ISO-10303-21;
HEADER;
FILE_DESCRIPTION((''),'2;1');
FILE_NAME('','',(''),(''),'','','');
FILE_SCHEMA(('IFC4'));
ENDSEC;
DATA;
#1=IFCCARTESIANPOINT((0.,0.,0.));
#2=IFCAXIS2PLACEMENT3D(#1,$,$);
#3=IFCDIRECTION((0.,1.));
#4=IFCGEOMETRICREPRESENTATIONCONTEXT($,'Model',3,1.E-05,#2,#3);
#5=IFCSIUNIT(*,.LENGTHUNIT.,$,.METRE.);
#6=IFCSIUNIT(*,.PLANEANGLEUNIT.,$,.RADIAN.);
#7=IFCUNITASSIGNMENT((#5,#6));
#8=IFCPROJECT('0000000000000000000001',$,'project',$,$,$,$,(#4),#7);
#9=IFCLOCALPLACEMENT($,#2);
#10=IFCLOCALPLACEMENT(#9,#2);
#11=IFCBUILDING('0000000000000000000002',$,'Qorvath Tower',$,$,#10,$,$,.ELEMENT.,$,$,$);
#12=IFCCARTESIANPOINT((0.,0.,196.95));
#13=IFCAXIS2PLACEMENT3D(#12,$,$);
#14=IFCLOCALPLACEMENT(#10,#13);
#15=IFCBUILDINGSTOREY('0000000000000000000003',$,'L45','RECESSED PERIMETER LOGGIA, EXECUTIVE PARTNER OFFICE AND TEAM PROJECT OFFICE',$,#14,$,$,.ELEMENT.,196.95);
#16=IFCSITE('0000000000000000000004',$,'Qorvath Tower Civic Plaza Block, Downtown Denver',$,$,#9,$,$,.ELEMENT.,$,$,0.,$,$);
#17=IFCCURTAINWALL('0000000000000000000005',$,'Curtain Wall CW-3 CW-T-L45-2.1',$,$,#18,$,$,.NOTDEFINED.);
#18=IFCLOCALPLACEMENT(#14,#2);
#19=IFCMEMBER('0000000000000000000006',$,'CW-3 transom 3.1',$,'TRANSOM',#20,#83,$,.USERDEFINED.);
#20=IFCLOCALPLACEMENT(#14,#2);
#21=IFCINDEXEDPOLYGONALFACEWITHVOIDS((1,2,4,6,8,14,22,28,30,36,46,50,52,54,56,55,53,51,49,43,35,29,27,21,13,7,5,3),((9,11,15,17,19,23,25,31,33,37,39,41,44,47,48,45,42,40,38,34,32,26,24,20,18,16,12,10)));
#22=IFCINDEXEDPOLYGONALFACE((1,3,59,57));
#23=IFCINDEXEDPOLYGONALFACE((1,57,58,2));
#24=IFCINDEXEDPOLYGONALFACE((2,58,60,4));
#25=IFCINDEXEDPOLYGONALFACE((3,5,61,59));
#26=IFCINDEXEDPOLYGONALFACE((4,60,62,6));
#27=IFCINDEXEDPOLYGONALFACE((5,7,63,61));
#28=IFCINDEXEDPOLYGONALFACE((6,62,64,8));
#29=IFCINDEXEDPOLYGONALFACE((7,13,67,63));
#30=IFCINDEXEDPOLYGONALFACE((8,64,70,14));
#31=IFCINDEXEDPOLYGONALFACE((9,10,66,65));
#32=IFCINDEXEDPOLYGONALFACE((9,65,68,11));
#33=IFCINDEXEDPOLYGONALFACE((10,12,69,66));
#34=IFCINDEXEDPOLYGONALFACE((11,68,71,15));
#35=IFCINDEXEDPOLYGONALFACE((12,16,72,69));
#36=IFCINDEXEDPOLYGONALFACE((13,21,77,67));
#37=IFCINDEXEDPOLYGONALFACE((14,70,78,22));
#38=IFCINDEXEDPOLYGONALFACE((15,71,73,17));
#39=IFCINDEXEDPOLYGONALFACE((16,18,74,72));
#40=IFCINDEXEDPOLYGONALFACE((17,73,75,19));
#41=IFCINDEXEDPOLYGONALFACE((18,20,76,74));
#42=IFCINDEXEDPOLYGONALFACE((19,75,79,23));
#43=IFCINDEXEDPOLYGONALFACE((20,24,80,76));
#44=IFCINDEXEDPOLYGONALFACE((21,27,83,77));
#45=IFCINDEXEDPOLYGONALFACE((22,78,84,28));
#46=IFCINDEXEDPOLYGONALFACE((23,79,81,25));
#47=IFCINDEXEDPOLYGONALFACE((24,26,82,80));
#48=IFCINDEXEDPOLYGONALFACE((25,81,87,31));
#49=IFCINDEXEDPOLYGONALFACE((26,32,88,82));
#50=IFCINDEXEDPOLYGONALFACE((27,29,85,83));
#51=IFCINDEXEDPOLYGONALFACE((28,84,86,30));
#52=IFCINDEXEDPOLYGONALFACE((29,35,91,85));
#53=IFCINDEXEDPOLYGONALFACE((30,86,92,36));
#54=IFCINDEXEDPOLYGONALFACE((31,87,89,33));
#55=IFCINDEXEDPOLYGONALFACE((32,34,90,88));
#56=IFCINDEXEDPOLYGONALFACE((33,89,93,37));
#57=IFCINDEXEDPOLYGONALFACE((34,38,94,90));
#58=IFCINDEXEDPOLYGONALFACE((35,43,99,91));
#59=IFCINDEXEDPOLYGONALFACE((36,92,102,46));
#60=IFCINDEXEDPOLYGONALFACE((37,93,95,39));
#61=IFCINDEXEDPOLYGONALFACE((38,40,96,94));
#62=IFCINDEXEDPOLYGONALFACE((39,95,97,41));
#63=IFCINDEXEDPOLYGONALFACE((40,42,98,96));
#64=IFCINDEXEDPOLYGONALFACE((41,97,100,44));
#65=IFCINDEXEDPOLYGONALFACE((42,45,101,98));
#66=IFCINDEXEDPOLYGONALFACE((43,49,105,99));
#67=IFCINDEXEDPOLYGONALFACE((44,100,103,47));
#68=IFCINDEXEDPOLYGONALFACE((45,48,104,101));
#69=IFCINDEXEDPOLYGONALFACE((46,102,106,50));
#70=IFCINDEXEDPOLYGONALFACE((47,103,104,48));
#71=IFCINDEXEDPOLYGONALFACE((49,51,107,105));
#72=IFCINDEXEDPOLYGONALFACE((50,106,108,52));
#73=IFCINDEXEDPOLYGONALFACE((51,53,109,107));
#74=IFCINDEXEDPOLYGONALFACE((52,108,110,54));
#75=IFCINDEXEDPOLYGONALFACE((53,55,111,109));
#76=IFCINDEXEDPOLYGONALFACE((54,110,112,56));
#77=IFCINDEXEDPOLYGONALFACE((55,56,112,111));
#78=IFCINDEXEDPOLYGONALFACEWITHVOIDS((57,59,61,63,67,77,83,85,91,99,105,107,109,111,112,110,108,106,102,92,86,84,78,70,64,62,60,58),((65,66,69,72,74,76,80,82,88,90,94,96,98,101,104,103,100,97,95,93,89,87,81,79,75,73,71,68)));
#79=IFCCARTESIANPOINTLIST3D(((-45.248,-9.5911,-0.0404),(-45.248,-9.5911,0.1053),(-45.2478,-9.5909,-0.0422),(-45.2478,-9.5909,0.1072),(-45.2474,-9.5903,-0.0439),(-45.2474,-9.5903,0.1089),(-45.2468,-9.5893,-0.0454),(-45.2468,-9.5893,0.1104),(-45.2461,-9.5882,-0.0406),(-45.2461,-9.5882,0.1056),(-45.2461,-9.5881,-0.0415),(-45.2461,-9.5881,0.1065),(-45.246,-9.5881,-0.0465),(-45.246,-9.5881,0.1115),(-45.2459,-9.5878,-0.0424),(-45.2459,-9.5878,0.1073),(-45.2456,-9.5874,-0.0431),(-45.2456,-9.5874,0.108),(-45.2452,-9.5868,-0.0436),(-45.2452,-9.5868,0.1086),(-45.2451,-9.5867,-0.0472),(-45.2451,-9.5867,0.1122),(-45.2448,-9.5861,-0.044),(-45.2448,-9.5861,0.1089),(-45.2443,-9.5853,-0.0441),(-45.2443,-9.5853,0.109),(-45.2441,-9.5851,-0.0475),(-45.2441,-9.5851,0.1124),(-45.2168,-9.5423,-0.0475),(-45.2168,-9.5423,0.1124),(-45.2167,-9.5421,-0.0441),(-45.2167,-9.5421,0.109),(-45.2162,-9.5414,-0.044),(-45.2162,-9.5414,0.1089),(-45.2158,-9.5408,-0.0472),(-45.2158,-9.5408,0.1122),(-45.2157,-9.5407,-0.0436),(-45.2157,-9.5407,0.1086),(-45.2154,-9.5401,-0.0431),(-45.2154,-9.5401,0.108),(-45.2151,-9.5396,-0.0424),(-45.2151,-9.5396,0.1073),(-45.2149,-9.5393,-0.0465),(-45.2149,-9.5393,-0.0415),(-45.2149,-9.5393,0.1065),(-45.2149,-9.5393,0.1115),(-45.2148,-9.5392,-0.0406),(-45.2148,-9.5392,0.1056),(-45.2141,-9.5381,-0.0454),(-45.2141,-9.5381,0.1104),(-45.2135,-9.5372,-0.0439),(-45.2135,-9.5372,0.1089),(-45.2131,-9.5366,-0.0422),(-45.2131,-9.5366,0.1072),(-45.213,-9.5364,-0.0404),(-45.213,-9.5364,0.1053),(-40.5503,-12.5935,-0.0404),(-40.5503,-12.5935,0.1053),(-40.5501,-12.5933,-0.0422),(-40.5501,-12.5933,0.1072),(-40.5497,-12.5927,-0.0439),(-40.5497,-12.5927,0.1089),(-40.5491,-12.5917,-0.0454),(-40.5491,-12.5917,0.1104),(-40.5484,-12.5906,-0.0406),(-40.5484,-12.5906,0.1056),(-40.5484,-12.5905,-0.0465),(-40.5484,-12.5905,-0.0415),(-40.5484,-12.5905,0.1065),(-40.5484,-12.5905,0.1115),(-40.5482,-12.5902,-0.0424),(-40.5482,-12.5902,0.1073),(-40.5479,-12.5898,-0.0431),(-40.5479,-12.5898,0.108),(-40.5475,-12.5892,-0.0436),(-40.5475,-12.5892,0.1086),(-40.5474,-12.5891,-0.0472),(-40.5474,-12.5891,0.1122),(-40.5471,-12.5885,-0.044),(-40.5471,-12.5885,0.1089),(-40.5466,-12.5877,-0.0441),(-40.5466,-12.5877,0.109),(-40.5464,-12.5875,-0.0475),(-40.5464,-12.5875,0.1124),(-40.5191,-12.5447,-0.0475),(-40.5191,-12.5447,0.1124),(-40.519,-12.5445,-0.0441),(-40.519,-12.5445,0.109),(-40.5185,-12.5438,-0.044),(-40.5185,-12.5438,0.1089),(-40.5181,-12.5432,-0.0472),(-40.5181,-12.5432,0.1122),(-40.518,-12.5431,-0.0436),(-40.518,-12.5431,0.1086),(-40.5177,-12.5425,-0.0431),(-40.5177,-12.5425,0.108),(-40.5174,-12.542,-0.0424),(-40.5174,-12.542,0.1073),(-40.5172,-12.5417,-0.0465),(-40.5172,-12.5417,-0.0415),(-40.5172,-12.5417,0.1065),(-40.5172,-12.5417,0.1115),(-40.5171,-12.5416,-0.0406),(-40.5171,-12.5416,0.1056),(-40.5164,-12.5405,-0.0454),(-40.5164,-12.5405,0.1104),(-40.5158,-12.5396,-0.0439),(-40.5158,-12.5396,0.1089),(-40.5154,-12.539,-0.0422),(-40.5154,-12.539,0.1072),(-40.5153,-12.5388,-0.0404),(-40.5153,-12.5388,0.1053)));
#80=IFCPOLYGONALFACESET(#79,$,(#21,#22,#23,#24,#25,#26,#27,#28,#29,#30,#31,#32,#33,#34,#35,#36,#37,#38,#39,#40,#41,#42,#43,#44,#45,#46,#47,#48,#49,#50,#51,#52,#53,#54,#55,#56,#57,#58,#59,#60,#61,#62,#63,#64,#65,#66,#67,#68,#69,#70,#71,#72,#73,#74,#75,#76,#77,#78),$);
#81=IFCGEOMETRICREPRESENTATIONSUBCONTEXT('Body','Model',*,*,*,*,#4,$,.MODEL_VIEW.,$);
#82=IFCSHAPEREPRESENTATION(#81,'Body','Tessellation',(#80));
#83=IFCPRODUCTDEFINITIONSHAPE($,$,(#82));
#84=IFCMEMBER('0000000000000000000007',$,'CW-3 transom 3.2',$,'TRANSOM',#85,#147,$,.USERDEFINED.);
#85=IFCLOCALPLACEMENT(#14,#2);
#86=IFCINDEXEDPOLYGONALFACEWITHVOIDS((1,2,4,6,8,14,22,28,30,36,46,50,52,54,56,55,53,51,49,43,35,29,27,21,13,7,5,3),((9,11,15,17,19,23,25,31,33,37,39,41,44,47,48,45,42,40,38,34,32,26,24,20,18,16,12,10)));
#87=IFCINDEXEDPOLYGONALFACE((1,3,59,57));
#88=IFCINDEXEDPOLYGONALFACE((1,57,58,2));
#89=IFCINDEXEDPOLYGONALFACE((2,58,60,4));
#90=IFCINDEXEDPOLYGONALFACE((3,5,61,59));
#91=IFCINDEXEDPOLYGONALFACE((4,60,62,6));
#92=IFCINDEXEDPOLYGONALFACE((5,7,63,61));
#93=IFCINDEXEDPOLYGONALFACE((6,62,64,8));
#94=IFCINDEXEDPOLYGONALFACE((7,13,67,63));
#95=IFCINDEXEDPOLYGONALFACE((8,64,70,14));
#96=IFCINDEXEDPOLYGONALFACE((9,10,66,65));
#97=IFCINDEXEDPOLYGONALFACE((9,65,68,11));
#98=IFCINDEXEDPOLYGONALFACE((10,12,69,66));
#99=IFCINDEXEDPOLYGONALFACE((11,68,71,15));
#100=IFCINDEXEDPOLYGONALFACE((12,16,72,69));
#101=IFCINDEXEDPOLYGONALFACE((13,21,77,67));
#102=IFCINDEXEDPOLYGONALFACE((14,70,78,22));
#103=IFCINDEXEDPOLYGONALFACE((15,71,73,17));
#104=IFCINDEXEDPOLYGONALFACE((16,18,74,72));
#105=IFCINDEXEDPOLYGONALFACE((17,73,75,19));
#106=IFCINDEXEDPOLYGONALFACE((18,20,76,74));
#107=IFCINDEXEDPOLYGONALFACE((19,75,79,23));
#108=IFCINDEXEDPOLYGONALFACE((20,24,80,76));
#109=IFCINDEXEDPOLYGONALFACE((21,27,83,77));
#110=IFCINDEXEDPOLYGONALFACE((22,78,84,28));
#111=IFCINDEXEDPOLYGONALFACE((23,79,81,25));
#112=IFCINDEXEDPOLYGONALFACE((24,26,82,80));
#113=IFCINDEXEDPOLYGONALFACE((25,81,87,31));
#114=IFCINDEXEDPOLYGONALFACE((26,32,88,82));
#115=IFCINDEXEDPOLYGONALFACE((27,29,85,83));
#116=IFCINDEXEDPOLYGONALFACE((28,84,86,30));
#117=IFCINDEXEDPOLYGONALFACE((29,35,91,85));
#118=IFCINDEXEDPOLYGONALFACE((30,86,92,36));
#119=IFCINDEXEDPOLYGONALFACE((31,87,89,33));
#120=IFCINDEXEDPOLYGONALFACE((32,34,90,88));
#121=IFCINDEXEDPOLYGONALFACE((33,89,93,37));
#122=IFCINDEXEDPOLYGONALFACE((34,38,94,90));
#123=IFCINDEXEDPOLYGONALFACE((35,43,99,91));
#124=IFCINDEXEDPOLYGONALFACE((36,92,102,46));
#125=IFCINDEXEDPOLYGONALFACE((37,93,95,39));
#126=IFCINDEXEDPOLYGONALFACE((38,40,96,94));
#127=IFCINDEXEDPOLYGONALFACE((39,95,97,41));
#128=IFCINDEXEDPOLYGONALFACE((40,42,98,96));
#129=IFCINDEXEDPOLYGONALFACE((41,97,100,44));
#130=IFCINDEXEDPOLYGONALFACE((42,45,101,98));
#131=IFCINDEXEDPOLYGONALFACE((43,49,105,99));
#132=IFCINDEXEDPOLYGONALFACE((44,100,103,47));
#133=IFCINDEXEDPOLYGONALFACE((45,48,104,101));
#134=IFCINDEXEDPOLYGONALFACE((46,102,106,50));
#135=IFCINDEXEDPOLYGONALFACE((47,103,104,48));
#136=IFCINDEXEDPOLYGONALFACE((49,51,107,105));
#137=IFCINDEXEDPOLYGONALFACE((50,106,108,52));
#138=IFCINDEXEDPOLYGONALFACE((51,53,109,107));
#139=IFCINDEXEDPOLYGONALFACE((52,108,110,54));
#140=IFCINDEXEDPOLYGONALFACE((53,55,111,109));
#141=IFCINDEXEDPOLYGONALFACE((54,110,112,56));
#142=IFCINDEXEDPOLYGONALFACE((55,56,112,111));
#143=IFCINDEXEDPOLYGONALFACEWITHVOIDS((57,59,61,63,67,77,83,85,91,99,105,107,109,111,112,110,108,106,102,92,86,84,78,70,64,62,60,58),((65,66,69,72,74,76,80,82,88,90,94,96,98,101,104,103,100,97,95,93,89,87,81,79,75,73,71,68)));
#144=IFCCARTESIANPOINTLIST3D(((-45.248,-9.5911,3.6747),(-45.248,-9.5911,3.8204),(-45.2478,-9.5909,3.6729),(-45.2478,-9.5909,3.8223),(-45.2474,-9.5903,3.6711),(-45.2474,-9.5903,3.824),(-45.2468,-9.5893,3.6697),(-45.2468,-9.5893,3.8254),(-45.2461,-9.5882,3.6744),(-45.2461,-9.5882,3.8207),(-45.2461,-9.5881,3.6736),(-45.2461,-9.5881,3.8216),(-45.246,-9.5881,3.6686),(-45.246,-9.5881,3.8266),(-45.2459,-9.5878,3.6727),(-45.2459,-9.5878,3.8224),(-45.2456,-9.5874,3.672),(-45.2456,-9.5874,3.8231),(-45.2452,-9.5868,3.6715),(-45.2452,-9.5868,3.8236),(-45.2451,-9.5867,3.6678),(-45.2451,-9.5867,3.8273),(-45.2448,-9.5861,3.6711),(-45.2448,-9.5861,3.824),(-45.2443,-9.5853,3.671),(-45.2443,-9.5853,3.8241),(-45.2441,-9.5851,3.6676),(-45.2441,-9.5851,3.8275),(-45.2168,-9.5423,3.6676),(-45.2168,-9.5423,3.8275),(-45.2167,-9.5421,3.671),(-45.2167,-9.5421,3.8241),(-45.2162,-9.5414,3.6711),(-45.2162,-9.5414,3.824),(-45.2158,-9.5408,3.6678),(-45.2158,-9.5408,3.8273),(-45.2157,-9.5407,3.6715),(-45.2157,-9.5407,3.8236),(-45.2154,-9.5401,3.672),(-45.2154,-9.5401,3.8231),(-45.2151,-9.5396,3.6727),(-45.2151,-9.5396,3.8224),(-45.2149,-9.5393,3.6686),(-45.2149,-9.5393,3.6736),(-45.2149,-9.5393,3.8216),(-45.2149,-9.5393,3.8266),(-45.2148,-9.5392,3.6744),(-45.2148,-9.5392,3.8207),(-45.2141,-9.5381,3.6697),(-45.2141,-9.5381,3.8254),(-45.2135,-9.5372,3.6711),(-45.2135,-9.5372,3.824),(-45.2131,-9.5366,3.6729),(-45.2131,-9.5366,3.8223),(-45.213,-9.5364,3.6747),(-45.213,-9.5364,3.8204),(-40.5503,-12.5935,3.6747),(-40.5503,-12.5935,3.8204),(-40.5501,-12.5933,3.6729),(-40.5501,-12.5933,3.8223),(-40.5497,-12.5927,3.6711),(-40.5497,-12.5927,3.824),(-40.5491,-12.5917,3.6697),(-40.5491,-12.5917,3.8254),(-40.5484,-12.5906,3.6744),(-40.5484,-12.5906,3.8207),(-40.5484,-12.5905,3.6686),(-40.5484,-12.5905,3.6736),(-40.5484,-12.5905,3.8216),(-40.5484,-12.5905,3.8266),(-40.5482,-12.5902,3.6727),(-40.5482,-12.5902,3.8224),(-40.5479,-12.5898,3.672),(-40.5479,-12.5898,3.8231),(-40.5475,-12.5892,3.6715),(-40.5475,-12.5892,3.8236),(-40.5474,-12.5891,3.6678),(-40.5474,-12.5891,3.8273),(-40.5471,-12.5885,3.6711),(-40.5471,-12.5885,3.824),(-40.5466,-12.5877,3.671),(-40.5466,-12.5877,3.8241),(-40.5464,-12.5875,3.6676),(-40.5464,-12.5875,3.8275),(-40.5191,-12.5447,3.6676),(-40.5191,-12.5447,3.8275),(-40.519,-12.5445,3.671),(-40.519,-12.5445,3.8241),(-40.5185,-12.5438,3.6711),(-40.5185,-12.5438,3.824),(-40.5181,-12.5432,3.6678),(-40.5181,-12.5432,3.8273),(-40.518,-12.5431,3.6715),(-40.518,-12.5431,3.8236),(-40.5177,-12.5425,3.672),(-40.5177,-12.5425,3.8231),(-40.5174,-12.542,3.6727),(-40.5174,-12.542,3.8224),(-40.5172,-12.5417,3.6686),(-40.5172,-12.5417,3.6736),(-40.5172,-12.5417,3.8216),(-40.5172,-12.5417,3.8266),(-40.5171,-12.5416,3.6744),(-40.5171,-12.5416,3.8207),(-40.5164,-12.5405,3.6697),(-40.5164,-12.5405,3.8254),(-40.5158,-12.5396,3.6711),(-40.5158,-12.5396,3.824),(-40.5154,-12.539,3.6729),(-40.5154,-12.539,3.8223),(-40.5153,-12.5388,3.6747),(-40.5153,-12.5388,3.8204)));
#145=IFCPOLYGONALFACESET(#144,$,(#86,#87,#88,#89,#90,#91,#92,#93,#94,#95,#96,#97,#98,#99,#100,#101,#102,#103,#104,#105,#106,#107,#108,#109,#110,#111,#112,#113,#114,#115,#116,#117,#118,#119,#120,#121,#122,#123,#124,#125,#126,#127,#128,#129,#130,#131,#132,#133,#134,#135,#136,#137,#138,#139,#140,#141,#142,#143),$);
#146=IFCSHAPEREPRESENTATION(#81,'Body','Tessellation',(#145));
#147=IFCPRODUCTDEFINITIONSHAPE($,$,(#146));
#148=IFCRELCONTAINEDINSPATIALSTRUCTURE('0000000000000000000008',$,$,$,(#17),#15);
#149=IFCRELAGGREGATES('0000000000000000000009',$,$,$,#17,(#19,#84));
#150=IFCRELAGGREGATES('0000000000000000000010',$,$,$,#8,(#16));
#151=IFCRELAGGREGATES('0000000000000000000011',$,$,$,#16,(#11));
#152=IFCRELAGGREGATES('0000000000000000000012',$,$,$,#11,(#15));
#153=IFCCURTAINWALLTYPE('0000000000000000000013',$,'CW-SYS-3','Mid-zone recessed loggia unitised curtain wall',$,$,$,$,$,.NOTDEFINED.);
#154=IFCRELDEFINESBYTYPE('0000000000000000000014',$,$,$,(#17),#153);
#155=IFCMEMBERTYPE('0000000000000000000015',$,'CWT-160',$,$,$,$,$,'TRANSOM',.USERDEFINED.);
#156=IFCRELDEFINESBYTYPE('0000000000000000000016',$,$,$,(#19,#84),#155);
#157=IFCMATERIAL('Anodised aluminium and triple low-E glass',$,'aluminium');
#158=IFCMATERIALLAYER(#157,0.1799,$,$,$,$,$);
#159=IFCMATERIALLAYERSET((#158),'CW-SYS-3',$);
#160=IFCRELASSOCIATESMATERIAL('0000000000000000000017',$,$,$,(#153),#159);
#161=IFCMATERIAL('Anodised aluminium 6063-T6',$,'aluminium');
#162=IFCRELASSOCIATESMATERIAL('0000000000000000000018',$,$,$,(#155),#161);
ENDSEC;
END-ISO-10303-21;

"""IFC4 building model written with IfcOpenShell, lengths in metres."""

from ifc_helpers import new_model, si_unit, direction, frame, origin, origin_2d, place, context, subcontext, project, spatial, hollow_rectangle, extrude, material, layer, layer_set, material_profile, profile_set, type_object, element, aggregate, save


model = new_model("IFC4")

# Units and contexts
model_context = context("Model", 3, precision=1e-05, world=origin(), true_north=direction((0.0, 1.0)))
body_context = subcontext(model_context, "Body", "Model", "MODEL_VIEW")
ifc_project = project(units=[si_unit("LENGTHUNIT", "METRE"), si_unit("PLANEANGLEUNIT", "RADIAN")], contexts=[model_context])

# Site, building, storey
site_placement = place(None, origin())
site = spatial("IfcSite", under=ifc_project, at=site_placement, Name="Qorvath Tower Civic Plaza Block, Downtown Denver", CompositionType="ELEMENT", RefElevation=0.0)
building_placement = place(site_placement, origin())
building = spatial("IfcBuilding", under=site, at=building_placement, Name="Qorvath Tower", CompositionType="ELEMENT")
storey_placement = place(building_placement, frame((0.0, 0.0, 196.95)))
storey = spatial("IfcBuildingStorey", under=building, at=storey_placement, Name="L45", Description="RECESSED PERIMETER LOGGIA, EXECUTIVE PARTNER OFFICE AND TEAM PROJECT OFFICE", CompositionType="ELEMENT", Elevation=196.95)

# Curtain wall, members
ifc_material_1 = material(Name="Anodised aluminium and triple low-E glass", Category="aluminium")
ifc_layer_1 = layer(ifc_material_1, 0.1799)
ifc_layer_set_1 = layer_set([ifc_layer_1], Name="CW-SYS-3")
curtain_wall_type = type_object("IfcCurtainWallType", Name="CW-SYS-3", Description="Mid-zone recessed loggia unitised curtain wall", PredefinedType="NOTDEFINED", material=ifc_layer_set_1)
curtain_wall_placement = place(storey_placement, origin())
curtain_wall = element("IfcCurtainWall", 1, at=curtain_wall_placement, inside=storey, type_object=curtain_wall_type, Name="Curtain Wall CW-3 CW-T-L45-2.1", PredefinedType="NOTDEFINED")
ifc_material_2 = material(Name="Anodised aluminium 6063-T6", Category="aluminium")
ifc_material_profile_1 = material_profile(ifc_material_2, hollow_rectangle(XDim=0.0649, YDim=0.1599, WallThickness=0.0034, InnerFilletRadius=0.0034, OuterFilletRadius=0.0071, at=origin_2d()), Name="CWT 160x65")
ifc_profile_set_1 = profile_set([ifc_material_profile_1], Name="Anodised aluminium 6063-T6")
member_type_1 = type_object("IfcMemberType", Name="CWT-160", ElementType="TRANSOM", PredefinedType="USERDEFINED", material=ifc_profile_set_1)
member_1_placement = place(storey_placement, frame((-45.2305, -9.5637, 0.0325), z_axis=(0.842607, -0.538529, 0.0), x_axis=(0.538529, 0.842607, 0.0)))
member_1 = element("IfcMember", 2, at=member_1_placement, type_object=member_type_1, Name="CW-3 transom 3.1", ObjectType="TRANSOM", PredefinedType="USERDEFINED", context=body_context, shape_type="SweptSolid", body=[
    extrude(hollow_rectangle(XDim=0.0649, YDim=0.1599, WallThickness=0.0034, InnerFilletRadius=0.0034, OuterFilletRadius=0.0071, at=origin_2d()), origin(), (0.0, 0.0, 1.0), 5.5752),
])
member_2_placement = place(storey_placement, frame((-45.2305, -9.5637, 3.7476), z_axis=(0.842607, -0.538529, 0.0), x_axis=(0.538529, 0.842607, 0.0)))
member_2 = element("IfcMember", 3, at=member_2_placement, type_object=member_type_1, Name="CW-3 transom 3.2", ObjectType="TRANSOM", PredefinedType="USERDEFINED", context=body_context, shape_type="SweptSolid", body=[
    extrude(hollow_rectangle(XDim=0.0649, YDim=0.1599, WallThickness=0.0034, InnerFilletRadius=0.0034, OuterFilletRadius=0.0071, at=origin_2d()), origin(), (0.0, 0.0, 1.0), 5.5752),
])
aggregate(curtain_wall, [member_1, member_2])

save(model, "model.ifc")
